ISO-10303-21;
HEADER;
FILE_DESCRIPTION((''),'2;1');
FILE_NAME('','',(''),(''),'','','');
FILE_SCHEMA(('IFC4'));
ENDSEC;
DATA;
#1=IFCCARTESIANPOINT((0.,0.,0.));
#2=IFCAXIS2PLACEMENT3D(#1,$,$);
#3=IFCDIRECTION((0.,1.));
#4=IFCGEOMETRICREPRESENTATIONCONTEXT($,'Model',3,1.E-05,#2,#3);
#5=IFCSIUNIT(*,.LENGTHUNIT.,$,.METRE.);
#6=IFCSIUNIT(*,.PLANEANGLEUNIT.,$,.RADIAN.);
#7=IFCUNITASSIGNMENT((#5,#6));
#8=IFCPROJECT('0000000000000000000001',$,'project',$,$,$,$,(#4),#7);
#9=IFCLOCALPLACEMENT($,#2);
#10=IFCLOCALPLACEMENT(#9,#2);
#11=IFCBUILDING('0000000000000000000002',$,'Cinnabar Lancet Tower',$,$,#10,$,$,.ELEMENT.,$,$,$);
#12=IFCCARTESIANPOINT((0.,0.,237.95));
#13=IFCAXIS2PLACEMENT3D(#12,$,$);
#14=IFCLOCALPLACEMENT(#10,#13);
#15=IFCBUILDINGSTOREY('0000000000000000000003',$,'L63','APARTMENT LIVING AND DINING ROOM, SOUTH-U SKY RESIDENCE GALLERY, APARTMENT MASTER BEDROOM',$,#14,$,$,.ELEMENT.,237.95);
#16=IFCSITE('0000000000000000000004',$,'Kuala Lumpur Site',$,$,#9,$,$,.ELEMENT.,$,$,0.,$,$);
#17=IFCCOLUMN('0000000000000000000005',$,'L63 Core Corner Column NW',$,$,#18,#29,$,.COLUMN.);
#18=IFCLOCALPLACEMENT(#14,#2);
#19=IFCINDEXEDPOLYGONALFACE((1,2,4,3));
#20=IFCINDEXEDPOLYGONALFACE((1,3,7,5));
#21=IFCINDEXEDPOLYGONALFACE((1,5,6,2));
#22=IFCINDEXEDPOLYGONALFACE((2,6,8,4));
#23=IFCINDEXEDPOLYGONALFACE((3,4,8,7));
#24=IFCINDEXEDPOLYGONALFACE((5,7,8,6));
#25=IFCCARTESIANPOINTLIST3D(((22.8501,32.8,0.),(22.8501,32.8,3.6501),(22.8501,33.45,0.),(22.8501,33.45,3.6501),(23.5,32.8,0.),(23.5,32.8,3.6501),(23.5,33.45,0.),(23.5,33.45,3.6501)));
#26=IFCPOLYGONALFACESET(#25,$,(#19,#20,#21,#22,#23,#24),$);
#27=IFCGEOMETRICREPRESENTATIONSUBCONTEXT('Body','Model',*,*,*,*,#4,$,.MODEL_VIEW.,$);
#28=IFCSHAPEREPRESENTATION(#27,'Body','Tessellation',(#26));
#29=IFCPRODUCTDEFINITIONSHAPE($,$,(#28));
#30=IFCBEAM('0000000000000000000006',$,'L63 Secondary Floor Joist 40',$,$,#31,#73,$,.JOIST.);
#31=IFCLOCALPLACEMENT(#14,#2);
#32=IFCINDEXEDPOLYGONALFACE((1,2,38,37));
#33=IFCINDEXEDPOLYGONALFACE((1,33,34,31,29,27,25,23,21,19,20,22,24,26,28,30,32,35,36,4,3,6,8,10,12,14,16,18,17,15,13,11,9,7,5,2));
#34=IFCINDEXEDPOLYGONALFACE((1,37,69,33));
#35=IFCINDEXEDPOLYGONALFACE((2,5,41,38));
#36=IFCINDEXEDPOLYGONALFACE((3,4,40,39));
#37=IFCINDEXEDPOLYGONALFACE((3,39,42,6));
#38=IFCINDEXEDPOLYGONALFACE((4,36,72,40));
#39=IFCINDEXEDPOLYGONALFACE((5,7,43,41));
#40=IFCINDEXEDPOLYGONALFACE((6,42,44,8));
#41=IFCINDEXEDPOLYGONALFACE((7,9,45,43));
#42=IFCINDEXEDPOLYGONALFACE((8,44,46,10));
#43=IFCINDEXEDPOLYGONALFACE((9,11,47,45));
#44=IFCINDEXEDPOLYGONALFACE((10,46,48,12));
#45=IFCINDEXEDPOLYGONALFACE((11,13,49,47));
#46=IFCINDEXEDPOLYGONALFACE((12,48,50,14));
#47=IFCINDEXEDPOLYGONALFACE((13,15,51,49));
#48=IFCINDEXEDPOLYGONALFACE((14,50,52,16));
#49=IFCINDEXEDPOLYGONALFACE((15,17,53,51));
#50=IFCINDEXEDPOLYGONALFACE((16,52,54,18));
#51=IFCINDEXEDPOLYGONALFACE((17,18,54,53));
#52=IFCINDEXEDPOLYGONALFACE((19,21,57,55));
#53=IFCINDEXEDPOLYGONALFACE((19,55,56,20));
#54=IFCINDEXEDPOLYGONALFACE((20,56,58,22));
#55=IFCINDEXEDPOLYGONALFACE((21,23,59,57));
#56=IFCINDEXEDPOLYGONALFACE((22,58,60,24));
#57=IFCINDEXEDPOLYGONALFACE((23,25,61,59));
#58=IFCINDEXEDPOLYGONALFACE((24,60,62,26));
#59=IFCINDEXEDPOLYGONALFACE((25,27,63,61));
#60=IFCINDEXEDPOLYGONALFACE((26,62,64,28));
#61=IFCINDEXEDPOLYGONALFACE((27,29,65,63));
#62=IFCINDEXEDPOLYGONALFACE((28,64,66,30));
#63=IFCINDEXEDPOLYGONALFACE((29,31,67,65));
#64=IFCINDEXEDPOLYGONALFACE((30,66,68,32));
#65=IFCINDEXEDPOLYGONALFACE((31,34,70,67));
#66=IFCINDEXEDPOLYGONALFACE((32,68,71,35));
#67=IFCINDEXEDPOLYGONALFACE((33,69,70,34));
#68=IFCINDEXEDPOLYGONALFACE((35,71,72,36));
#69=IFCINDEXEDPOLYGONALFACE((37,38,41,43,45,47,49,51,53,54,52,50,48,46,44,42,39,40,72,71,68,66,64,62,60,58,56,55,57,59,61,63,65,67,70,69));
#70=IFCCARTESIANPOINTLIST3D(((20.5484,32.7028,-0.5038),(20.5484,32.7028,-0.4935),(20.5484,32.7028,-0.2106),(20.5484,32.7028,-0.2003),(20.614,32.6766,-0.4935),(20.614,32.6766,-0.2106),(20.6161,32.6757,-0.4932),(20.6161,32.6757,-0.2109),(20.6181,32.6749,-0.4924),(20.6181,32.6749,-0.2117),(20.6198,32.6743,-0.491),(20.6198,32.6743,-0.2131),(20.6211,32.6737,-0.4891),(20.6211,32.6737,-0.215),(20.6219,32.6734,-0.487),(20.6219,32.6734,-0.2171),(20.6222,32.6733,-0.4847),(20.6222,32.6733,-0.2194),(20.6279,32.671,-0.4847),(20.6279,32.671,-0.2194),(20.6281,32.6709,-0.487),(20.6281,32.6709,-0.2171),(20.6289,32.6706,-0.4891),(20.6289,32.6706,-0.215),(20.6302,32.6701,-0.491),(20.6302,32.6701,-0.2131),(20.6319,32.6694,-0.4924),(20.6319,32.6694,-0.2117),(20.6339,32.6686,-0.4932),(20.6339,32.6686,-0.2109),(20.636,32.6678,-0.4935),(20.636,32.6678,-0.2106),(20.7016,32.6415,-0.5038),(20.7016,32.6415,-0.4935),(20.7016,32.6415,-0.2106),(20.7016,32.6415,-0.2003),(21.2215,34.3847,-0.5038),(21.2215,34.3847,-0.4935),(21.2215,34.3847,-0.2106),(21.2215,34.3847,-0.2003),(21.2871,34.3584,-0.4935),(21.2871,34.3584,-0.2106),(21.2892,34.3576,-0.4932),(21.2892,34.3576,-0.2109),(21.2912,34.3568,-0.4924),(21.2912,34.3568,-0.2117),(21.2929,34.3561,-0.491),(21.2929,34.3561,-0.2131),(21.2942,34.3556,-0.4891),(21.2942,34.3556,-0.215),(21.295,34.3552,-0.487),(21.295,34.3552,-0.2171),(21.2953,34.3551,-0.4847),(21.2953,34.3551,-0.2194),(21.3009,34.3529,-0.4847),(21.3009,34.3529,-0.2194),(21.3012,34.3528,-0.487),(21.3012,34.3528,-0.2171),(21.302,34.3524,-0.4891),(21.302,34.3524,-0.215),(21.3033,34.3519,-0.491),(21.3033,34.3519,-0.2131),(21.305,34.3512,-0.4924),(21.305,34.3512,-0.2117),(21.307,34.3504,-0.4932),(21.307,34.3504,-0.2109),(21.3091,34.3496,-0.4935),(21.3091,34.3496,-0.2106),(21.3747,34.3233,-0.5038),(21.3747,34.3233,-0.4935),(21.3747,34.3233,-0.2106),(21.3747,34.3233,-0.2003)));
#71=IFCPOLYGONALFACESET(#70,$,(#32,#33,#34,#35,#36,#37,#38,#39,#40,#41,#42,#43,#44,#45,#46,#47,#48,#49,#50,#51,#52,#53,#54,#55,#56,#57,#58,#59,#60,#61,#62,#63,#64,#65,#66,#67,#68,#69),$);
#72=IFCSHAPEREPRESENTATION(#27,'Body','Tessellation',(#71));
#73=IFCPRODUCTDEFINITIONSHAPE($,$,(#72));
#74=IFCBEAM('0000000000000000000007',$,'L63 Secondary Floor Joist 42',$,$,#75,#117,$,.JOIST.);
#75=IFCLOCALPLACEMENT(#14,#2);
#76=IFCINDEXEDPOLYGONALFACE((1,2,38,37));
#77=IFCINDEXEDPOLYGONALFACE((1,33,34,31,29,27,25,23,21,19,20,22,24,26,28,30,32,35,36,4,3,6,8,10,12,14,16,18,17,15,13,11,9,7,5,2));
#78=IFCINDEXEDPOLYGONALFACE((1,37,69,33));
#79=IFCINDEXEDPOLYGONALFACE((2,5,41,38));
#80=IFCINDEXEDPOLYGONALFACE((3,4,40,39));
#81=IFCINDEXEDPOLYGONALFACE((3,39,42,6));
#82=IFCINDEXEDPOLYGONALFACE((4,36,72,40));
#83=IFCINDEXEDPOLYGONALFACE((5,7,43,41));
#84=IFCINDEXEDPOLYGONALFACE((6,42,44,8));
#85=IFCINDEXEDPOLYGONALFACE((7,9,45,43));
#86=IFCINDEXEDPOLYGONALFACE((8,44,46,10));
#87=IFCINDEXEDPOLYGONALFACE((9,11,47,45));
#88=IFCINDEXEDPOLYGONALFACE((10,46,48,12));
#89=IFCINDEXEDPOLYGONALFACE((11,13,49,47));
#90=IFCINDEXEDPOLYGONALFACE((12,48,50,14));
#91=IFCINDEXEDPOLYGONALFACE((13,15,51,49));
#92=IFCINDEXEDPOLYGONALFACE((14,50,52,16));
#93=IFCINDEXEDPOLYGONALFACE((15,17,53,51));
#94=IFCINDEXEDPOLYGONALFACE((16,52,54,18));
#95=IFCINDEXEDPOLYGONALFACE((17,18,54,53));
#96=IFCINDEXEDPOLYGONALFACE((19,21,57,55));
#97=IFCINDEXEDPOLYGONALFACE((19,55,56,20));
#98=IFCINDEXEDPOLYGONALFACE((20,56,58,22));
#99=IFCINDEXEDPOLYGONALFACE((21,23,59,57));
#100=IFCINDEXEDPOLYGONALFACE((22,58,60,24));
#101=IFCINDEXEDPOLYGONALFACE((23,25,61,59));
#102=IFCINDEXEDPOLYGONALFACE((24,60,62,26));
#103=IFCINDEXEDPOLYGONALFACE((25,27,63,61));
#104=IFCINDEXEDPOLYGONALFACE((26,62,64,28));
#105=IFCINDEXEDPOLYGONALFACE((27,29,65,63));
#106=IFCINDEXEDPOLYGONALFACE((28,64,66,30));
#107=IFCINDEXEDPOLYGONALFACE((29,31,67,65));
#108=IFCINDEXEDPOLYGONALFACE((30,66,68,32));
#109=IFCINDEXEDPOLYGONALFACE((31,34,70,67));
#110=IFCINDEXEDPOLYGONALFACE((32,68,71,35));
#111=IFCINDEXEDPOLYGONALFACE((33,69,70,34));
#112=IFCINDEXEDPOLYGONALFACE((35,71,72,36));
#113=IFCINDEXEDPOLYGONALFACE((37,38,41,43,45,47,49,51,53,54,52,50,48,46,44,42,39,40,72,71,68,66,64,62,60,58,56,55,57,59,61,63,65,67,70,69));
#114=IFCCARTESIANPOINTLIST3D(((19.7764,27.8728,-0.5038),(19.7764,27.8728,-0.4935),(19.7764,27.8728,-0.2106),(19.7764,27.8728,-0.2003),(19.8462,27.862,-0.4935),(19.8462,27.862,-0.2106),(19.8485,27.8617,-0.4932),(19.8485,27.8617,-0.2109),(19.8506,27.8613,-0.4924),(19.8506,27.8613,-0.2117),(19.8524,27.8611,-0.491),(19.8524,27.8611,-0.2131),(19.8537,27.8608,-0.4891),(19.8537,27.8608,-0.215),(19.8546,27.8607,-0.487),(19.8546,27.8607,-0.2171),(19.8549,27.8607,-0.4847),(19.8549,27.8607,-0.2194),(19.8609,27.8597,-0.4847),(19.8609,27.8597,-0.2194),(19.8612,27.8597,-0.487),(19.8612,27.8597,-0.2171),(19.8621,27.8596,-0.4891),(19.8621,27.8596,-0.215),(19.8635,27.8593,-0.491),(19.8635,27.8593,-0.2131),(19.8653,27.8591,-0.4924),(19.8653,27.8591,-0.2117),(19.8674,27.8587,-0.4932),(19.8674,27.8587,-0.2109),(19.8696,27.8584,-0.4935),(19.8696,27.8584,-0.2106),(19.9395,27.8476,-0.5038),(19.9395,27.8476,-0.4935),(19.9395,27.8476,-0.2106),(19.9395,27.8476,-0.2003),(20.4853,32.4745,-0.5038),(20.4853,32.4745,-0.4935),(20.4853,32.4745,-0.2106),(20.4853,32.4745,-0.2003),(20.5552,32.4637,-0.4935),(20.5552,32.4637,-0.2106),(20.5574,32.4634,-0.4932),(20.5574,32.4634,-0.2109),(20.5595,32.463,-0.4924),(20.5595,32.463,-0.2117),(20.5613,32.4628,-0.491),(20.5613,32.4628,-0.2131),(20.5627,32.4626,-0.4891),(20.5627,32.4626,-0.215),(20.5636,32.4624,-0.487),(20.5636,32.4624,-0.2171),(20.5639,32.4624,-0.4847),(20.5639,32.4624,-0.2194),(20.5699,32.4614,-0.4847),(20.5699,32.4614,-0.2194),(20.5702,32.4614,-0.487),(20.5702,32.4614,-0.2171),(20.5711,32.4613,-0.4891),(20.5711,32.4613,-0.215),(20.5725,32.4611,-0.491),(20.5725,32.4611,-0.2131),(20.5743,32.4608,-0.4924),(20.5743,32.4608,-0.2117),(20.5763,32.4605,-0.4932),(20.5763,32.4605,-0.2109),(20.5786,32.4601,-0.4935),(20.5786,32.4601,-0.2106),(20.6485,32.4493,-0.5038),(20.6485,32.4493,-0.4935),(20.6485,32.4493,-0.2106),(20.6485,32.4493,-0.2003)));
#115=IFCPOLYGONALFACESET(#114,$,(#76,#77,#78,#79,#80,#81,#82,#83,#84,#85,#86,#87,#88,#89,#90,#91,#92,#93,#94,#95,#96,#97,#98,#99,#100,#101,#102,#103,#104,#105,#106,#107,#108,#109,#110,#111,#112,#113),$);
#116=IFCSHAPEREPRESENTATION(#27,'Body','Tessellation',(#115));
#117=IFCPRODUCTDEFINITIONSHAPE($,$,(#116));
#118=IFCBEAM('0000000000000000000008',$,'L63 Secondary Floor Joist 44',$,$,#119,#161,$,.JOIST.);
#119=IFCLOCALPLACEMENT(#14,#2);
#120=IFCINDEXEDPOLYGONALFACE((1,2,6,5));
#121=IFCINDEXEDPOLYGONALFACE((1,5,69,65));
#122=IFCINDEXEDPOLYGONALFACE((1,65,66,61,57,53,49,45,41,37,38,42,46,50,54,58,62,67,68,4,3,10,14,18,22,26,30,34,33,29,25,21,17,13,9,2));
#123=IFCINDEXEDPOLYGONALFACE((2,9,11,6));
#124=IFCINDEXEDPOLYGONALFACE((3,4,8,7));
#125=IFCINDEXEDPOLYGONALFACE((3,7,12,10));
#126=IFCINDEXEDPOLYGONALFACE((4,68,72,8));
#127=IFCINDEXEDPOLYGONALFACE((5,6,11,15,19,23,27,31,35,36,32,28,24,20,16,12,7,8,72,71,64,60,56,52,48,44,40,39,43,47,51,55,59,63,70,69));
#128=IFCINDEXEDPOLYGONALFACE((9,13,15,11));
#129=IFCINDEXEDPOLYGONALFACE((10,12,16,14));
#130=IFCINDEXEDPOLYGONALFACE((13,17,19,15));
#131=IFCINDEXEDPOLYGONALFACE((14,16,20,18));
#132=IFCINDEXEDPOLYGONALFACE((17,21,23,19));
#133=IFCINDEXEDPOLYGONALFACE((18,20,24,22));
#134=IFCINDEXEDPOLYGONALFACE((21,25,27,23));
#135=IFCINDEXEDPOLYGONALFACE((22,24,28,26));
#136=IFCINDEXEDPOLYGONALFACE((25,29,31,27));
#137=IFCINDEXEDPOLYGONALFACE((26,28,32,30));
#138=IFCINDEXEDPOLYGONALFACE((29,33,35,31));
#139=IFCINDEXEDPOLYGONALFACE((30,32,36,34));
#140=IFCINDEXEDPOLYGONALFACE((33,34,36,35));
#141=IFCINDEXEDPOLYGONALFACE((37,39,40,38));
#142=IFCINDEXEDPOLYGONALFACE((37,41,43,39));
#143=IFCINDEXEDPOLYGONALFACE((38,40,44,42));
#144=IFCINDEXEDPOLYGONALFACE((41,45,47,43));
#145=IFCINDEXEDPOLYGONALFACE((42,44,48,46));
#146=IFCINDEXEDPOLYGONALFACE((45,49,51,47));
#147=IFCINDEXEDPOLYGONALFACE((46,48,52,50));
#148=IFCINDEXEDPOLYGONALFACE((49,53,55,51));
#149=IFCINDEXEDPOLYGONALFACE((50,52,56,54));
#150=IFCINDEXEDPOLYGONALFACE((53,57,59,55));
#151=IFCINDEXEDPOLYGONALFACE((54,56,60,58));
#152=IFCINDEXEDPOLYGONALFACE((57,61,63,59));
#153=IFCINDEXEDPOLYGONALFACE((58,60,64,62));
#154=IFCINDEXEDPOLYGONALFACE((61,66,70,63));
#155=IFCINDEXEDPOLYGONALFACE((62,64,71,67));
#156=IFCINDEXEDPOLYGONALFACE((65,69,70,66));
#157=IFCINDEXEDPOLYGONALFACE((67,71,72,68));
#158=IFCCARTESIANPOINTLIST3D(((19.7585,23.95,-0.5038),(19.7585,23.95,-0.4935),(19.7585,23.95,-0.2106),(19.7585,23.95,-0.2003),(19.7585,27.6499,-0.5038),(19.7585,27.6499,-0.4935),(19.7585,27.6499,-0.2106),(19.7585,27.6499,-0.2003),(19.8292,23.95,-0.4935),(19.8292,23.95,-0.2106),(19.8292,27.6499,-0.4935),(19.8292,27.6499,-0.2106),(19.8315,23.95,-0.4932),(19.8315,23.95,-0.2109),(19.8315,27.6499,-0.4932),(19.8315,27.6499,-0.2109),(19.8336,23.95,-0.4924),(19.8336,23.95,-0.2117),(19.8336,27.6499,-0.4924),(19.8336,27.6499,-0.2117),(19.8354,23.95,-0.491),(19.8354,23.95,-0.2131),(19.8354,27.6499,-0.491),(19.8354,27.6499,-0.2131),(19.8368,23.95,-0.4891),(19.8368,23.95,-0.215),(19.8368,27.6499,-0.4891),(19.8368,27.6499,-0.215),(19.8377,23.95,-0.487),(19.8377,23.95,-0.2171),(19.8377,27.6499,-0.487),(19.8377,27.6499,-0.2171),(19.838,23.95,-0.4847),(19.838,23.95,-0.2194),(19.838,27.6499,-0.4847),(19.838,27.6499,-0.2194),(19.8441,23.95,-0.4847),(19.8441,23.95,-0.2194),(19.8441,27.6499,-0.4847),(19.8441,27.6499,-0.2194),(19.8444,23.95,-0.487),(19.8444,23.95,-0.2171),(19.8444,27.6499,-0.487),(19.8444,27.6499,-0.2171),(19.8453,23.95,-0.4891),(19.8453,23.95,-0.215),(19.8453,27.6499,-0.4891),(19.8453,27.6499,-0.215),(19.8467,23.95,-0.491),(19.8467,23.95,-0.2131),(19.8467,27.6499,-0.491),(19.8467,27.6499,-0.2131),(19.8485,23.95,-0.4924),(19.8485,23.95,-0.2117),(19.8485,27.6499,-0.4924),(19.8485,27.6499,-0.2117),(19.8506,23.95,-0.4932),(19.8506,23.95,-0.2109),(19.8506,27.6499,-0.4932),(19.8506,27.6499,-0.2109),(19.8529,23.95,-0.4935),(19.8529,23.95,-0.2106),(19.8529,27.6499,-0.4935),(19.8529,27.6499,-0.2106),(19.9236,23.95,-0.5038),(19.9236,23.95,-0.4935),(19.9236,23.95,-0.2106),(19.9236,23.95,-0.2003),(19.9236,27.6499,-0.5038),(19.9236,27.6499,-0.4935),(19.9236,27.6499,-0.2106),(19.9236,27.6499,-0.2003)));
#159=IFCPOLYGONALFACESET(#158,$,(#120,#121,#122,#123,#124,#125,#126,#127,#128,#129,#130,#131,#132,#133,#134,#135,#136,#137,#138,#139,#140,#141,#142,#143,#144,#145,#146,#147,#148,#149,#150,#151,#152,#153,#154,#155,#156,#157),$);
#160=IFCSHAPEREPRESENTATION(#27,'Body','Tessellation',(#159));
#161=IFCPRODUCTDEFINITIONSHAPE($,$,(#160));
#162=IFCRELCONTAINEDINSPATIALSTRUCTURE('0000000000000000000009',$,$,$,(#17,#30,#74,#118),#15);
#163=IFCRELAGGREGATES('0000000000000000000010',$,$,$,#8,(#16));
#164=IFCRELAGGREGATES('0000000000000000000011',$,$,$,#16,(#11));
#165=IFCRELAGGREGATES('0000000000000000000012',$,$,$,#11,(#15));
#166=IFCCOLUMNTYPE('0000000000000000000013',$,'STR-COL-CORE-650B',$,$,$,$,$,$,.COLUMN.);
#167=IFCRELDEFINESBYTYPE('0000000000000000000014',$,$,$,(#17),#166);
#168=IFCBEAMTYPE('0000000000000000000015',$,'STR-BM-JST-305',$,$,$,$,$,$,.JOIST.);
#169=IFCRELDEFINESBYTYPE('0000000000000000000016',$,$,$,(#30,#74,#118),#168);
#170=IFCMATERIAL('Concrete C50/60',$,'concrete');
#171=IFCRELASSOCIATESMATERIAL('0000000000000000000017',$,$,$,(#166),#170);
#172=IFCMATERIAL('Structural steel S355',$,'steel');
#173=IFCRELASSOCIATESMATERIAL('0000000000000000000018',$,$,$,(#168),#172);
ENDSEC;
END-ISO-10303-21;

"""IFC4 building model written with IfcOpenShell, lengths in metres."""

from ifc_helpers import new_model, si_unit, direction, frame, origin, origin_2d, place, context, subcontext, project, spatial, rectangle, i_section, extrude, material, material_profile, profile_set, type_object, element, save


model = new_model("IFC4")

# Units and contexts
model_context = context("Model", 3, precision=1e-05, world=origin(), true_north=direction((0.0, 1.0)))
body_context = subcontext(model_context, "Body", "Model", "MODEL_VIEW")
ifc_project = project(units=[si_unit("LENGTHUNIT", "METRE"), si_unit("PLANEANGLEUNIT", "RADIAN")], contexts=[model_context])

# Site, building, storey
site_placement = place(None, origin())
site = spatial("IfcSite", under=ifc_project, at=site_placement, Name="Kuala Lumpur Site", CompositionType="ELEMENT", RefElevation=0.0)
building_placement = place(site_placement, origin())
building = spatial("IfcBuilding", under=site, at=building_placement, Name="Cinnabar Lancet Tower", CompositionType="ELEMENT")
storey_placement = place(building_placement, frame((0.0, 0.0, 237.95)))
storey = spatial("IfcBuildingStorey", under=building, at=storey_placement, Name="L63", Description="APARTMENT LIVING AND DINING ROOM, SOUTH-U SKY RESIDENCE GALLERY, APARTMENT MASTER BEDROOM", CompositionType="ELEMENT", Elevation=237.95)

# Column
ifc_material_1 = material(Name="Concrete C50/60", Category="concrete")
ifc_material_profile_1 = material_profile(ifc_material_1, rectangle(XDim=0.6499, YDim=0.6499, at=origin_2d()), Name="RC-COL 650x650")
ifc_profile_set_1 = profile_set([ifc_material_profile_1], Name="Concrete C50/60")
column_type = type_object("IfcColumnType", Name="STR-COL-CORE-650B", PredefinedType="COLUMN", material=ifc_profile_set_1)
column_placement = place(storey_placement, frame((23.175, 33.125, 0.0), z_axis=(0.0, 0.0, 1.0), x_axis=(1.0, 0.0, 0.0)))
element("IfcColumn", 1, at=column_placement, inside=storey, type_object=column_type, Name="L63 Core Corner Column NW", PredefinedType="COLUMN", context=body_context, shape_type="SweptSolid", body=[
    extrude(rectangle(XDim=0.6499, YDim=0.6499, at=origin_2d()), origin(), (0.0, 0.0, 1.0), 3.6501),
])

# Beams
ifc_material_2 = material(Name="Structural steel S355", Category="steel")
ifc_material_profile_2 = material_profile(ifc_material_2, i_section(OverallWidth=0.165, OverallDepth=0.3035, WebThickness=0.0061, FlangeThickness=0.0103, FilletRadius=0.0088, at=origin_2d()), Name="UKB 305x165x40")
ifc_profile_set_2 = profile_set([ifc_material_profile_2], Name="Structural steel S355")
beam_type_1 = type_object("IfcBeamType", Name="STR-BM-JST-305", PredefinedType="JOIST", material=ifc_profile_set_2)
beam_1_placement = place(storey_placement, frame((21.2981, 34.354, -0.3521), z_axis=(-0.371553, -0.928412, 0.0), x_axis=(0.928412, -0.371553, 0.0)))
element("IfcBeam", 2, at=beam_1_placement, inside=storey, type_object=beam_type_1, Name="L63 Secondary Floor Joist 40", PredefinedType="JOIST", context=body_context, shape_type="SweptSolid", body=[
    extrude(i_section(OverallWidth=0.165, OverallDepth=0.3035, WebThickness=0.0061, FlangeThickness=0.0103, FilletRadius=0.0088, at=origin_2d()), origin(), (0.0, 0.0, 1.0), 1.8115),
])
beam_2_placement = place(storey_placement, frame((20.5669, 32.4619, -0.3521), z_axis=(-0.15227, -0.988339, 0.0), x_axis=(0.988339, -0.15227, 0.0)))
element("IfcBeam", 3, at=beam_2_placement, inside=storey, type_object=beam_type_1, Name="L63 Secondary Floor Joist 42", PredefinedType="JOIST", context=body_context, shape_type="SweptSolid", body=[
    extrude(i_section(OverallWidth=0.165, OverallDepth=0.3035, WebThickness=0.0061, FlangeThickness=0.0103, FilletRadius=0.0088, at=origin_2d()), origin(), (0.0, 0.0, 1.0), 4.656),
])
beam_3_placement = place(storey_placement, frame((19.8411, 27.6499, -0.3521), z_axis=(0.0, -1.0, 0.0), x_axis=(1.0, 0.0, 0.0)))
element("IfcBeam", 4, at=beam_3_placement, inside=storey, type_object=beam_type_1, Name="L63 Secondary Floor Joist 44", PredefinedType="JOIST", context=body_context, shape_type="SweptSolid", body=[
    extrude(i_section(OverallWidth=0.165, OverallDepth=0.3035, WebThickness=0.0061, FlangeThickness=0.0103, FilletRadius=0.0088, at=origin_2d()), origin(), (0.0, 0.0, 1.0), 3.7),
])

save(model, "model.ifc")
